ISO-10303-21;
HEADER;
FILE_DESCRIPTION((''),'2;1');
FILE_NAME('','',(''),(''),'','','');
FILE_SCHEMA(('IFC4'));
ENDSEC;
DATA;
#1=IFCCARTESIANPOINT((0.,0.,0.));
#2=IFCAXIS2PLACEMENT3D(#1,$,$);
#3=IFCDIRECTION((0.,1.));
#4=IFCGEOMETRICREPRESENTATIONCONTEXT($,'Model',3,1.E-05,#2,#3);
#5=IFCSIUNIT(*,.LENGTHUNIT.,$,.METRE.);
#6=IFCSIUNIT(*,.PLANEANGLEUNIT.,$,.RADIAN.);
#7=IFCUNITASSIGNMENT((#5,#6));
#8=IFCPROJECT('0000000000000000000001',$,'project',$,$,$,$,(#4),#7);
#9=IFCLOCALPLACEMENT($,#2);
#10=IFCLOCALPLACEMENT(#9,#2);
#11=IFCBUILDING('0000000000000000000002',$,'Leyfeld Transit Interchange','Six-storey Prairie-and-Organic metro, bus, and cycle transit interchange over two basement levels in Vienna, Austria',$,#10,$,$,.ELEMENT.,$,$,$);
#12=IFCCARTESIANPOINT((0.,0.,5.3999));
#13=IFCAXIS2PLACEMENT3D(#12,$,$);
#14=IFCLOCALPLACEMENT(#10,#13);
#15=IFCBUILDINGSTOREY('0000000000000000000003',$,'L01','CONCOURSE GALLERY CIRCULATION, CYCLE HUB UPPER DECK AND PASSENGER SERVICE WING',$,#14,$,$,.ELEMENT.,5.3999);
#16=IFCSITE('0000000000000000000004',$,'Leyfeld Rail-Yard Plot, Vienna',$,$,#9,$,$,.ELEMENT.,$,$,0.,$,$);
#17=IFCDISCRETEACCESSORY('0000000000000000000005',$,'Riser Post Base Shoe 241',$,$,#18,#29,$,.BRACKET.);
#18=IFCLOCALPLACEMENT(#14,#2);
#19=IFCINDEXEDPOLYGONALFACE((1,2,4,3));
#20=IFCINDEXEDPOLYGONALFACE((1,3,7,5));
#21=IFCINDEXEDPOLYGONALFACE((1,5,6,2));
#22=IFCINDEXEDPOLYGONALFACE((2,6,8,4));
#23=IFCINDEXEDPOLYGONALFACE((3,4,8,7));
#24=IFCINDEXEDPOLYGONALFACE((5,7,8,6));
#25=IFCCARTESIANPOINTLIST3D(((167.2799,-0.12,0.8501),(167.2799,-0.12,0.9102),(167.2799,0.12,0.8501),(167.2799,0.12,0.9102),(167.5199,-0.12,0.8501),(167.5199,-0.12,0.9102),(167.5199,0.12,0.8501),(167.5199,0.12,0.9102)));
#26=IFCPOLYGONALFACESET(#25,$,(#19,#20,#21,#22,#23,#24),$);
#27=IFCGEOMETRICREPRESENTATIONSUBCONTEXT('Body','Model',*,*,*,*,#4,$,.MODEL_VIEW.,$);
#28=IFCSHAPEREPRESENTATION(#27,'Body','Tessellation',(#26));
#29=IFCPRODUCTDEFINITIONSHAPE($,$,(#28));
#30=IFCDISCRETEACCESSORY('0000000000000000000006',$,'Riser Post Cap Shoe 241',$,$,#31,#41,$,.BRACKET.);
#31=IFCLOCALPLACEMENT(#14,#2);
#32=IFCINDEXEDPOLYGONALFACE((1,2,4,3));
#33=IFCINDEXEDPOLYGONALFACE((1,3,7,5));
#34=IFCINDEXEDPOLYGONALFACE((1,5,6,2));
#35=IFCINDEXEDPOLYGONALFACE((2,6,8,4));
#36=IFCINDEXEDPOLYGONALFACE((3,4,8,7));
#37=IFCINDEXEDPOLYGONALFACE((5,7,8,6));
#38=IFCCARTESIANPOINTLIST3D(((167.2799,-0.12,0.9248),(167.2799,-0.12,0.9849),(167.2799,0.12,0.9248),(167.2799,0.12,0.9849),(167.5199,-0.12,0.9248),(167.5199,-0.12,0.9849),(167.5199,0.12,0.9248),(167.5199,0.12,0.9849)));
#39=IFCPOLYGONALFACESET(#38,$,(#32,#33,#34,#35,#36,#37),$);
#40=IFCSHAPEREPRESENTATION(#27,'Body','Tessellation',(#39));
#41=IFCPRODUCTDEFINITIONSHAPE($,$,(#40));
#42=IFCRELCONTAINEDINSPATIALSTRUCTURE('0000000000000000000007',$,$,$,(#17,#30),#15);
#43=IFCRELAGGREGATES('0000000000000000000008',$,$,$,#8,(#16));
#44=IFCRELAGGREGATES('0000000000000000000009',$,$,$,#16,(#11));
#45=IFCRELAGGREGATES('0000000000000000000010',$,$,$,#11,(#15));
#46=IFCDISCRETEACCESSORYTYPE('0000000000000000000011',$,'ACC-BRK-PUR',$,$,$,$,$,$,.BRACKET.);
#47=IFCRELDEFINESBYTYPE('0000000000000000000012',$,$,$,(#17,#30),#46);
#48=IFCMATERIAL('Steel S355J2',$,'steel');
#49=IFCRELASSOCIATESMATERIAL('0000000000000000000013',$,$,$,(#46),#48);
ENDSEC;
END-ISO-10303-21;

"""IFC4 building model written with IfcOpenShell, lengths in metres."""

from ifc_helpers import new_model, si_unit, direction, frame, origin, origin_2d, place, context, subcontext, project, spatial, rectangle, extrude, material, type_object, element, save


model = new_model("IFC4")

# Units and contexts
model_context = context("Model", 3, precision=1e-05, world=origin(), true_north=direction((0.0, 1.0)))
body_context = subcontext(model_context, "Body", "Model", "MODEL_VIEW")
ifc_project = project(units=[si_unit("LENGTHUNIT", "METRE"), si_unit("PLANEANGLEUNIT", "RADIAN")], contexts=[model_context])

# Site, building, storey
site_placement = place(None, origin())
site = spatial("IfcSite", under=ifc_project, at=site_placement, Name="Leyfeld Rail-Yard Plot, Vienna", CompositionType="ELEMENT", RefElevation=0.0)
building_placement = place(site_placement, origin())
building = spatial("IfcBuilding", under=site, at=building_placement, Name="Leyfeld Transit Interchange", Description="Six-storey Prairie-and-Organic metro, bus, and cycle transit interchange over two basement levels in Vienna, Austria", CompositionType="ELEMENT")
storey_placement = place(building_placement, frame((0.0, 0.0, 5.3999)))
storey = spatial("IfcBuildingStorey", under=building, at=storey_placement, Name="L01", Description="CONCOURSE GALLERY CIRCULATION, CYCLE HUB UPPER DECK AND PASSENGER SERVICE WING", CompositionType="ELEMENT", Elevation=5.3999)

# Shared definitions
ifc_material = material(Name="Steel S355J2", Category="steel")

# Discrete accessories
discrete_accessory_type = type_object("IfcDiscreteAccessoryType", Name="ACC-BRK-PUR", PredefinedType="BRACKET", material=ifc_material)
for number, where, z_axis, x_axis, name in (
    (1, (167.3999, 0.0, 0.8501), (0.0, 0.0, 1.0), (1.0, 0.0, 0.0), "Riser Post Base Shoe 241"),
    (2, (167.3999, 0.0, 0.9248), (0.0, 0.0, 1.0), (1.0, 0.0, 0.0), "Riser Post Cap Shoe 241"),
):
    element("IfcDiscreteAccessory", number, at=place(storey_placement, frame(where, z_axis=z_axis, x_axis=x_axis)), inside=storey, type_object=discrete_accessory_type, Name=name, PredefinedType="BRACKET", context=body_context, shape_type="SweptSolid", body=[
        extrude(rectangle(XDim=0.24, YDim=0.24, at=origin_2d()), origin(), (0.0, 0.0, 1.0), 0.0601),
    ])

save(model, "model.ifc")
